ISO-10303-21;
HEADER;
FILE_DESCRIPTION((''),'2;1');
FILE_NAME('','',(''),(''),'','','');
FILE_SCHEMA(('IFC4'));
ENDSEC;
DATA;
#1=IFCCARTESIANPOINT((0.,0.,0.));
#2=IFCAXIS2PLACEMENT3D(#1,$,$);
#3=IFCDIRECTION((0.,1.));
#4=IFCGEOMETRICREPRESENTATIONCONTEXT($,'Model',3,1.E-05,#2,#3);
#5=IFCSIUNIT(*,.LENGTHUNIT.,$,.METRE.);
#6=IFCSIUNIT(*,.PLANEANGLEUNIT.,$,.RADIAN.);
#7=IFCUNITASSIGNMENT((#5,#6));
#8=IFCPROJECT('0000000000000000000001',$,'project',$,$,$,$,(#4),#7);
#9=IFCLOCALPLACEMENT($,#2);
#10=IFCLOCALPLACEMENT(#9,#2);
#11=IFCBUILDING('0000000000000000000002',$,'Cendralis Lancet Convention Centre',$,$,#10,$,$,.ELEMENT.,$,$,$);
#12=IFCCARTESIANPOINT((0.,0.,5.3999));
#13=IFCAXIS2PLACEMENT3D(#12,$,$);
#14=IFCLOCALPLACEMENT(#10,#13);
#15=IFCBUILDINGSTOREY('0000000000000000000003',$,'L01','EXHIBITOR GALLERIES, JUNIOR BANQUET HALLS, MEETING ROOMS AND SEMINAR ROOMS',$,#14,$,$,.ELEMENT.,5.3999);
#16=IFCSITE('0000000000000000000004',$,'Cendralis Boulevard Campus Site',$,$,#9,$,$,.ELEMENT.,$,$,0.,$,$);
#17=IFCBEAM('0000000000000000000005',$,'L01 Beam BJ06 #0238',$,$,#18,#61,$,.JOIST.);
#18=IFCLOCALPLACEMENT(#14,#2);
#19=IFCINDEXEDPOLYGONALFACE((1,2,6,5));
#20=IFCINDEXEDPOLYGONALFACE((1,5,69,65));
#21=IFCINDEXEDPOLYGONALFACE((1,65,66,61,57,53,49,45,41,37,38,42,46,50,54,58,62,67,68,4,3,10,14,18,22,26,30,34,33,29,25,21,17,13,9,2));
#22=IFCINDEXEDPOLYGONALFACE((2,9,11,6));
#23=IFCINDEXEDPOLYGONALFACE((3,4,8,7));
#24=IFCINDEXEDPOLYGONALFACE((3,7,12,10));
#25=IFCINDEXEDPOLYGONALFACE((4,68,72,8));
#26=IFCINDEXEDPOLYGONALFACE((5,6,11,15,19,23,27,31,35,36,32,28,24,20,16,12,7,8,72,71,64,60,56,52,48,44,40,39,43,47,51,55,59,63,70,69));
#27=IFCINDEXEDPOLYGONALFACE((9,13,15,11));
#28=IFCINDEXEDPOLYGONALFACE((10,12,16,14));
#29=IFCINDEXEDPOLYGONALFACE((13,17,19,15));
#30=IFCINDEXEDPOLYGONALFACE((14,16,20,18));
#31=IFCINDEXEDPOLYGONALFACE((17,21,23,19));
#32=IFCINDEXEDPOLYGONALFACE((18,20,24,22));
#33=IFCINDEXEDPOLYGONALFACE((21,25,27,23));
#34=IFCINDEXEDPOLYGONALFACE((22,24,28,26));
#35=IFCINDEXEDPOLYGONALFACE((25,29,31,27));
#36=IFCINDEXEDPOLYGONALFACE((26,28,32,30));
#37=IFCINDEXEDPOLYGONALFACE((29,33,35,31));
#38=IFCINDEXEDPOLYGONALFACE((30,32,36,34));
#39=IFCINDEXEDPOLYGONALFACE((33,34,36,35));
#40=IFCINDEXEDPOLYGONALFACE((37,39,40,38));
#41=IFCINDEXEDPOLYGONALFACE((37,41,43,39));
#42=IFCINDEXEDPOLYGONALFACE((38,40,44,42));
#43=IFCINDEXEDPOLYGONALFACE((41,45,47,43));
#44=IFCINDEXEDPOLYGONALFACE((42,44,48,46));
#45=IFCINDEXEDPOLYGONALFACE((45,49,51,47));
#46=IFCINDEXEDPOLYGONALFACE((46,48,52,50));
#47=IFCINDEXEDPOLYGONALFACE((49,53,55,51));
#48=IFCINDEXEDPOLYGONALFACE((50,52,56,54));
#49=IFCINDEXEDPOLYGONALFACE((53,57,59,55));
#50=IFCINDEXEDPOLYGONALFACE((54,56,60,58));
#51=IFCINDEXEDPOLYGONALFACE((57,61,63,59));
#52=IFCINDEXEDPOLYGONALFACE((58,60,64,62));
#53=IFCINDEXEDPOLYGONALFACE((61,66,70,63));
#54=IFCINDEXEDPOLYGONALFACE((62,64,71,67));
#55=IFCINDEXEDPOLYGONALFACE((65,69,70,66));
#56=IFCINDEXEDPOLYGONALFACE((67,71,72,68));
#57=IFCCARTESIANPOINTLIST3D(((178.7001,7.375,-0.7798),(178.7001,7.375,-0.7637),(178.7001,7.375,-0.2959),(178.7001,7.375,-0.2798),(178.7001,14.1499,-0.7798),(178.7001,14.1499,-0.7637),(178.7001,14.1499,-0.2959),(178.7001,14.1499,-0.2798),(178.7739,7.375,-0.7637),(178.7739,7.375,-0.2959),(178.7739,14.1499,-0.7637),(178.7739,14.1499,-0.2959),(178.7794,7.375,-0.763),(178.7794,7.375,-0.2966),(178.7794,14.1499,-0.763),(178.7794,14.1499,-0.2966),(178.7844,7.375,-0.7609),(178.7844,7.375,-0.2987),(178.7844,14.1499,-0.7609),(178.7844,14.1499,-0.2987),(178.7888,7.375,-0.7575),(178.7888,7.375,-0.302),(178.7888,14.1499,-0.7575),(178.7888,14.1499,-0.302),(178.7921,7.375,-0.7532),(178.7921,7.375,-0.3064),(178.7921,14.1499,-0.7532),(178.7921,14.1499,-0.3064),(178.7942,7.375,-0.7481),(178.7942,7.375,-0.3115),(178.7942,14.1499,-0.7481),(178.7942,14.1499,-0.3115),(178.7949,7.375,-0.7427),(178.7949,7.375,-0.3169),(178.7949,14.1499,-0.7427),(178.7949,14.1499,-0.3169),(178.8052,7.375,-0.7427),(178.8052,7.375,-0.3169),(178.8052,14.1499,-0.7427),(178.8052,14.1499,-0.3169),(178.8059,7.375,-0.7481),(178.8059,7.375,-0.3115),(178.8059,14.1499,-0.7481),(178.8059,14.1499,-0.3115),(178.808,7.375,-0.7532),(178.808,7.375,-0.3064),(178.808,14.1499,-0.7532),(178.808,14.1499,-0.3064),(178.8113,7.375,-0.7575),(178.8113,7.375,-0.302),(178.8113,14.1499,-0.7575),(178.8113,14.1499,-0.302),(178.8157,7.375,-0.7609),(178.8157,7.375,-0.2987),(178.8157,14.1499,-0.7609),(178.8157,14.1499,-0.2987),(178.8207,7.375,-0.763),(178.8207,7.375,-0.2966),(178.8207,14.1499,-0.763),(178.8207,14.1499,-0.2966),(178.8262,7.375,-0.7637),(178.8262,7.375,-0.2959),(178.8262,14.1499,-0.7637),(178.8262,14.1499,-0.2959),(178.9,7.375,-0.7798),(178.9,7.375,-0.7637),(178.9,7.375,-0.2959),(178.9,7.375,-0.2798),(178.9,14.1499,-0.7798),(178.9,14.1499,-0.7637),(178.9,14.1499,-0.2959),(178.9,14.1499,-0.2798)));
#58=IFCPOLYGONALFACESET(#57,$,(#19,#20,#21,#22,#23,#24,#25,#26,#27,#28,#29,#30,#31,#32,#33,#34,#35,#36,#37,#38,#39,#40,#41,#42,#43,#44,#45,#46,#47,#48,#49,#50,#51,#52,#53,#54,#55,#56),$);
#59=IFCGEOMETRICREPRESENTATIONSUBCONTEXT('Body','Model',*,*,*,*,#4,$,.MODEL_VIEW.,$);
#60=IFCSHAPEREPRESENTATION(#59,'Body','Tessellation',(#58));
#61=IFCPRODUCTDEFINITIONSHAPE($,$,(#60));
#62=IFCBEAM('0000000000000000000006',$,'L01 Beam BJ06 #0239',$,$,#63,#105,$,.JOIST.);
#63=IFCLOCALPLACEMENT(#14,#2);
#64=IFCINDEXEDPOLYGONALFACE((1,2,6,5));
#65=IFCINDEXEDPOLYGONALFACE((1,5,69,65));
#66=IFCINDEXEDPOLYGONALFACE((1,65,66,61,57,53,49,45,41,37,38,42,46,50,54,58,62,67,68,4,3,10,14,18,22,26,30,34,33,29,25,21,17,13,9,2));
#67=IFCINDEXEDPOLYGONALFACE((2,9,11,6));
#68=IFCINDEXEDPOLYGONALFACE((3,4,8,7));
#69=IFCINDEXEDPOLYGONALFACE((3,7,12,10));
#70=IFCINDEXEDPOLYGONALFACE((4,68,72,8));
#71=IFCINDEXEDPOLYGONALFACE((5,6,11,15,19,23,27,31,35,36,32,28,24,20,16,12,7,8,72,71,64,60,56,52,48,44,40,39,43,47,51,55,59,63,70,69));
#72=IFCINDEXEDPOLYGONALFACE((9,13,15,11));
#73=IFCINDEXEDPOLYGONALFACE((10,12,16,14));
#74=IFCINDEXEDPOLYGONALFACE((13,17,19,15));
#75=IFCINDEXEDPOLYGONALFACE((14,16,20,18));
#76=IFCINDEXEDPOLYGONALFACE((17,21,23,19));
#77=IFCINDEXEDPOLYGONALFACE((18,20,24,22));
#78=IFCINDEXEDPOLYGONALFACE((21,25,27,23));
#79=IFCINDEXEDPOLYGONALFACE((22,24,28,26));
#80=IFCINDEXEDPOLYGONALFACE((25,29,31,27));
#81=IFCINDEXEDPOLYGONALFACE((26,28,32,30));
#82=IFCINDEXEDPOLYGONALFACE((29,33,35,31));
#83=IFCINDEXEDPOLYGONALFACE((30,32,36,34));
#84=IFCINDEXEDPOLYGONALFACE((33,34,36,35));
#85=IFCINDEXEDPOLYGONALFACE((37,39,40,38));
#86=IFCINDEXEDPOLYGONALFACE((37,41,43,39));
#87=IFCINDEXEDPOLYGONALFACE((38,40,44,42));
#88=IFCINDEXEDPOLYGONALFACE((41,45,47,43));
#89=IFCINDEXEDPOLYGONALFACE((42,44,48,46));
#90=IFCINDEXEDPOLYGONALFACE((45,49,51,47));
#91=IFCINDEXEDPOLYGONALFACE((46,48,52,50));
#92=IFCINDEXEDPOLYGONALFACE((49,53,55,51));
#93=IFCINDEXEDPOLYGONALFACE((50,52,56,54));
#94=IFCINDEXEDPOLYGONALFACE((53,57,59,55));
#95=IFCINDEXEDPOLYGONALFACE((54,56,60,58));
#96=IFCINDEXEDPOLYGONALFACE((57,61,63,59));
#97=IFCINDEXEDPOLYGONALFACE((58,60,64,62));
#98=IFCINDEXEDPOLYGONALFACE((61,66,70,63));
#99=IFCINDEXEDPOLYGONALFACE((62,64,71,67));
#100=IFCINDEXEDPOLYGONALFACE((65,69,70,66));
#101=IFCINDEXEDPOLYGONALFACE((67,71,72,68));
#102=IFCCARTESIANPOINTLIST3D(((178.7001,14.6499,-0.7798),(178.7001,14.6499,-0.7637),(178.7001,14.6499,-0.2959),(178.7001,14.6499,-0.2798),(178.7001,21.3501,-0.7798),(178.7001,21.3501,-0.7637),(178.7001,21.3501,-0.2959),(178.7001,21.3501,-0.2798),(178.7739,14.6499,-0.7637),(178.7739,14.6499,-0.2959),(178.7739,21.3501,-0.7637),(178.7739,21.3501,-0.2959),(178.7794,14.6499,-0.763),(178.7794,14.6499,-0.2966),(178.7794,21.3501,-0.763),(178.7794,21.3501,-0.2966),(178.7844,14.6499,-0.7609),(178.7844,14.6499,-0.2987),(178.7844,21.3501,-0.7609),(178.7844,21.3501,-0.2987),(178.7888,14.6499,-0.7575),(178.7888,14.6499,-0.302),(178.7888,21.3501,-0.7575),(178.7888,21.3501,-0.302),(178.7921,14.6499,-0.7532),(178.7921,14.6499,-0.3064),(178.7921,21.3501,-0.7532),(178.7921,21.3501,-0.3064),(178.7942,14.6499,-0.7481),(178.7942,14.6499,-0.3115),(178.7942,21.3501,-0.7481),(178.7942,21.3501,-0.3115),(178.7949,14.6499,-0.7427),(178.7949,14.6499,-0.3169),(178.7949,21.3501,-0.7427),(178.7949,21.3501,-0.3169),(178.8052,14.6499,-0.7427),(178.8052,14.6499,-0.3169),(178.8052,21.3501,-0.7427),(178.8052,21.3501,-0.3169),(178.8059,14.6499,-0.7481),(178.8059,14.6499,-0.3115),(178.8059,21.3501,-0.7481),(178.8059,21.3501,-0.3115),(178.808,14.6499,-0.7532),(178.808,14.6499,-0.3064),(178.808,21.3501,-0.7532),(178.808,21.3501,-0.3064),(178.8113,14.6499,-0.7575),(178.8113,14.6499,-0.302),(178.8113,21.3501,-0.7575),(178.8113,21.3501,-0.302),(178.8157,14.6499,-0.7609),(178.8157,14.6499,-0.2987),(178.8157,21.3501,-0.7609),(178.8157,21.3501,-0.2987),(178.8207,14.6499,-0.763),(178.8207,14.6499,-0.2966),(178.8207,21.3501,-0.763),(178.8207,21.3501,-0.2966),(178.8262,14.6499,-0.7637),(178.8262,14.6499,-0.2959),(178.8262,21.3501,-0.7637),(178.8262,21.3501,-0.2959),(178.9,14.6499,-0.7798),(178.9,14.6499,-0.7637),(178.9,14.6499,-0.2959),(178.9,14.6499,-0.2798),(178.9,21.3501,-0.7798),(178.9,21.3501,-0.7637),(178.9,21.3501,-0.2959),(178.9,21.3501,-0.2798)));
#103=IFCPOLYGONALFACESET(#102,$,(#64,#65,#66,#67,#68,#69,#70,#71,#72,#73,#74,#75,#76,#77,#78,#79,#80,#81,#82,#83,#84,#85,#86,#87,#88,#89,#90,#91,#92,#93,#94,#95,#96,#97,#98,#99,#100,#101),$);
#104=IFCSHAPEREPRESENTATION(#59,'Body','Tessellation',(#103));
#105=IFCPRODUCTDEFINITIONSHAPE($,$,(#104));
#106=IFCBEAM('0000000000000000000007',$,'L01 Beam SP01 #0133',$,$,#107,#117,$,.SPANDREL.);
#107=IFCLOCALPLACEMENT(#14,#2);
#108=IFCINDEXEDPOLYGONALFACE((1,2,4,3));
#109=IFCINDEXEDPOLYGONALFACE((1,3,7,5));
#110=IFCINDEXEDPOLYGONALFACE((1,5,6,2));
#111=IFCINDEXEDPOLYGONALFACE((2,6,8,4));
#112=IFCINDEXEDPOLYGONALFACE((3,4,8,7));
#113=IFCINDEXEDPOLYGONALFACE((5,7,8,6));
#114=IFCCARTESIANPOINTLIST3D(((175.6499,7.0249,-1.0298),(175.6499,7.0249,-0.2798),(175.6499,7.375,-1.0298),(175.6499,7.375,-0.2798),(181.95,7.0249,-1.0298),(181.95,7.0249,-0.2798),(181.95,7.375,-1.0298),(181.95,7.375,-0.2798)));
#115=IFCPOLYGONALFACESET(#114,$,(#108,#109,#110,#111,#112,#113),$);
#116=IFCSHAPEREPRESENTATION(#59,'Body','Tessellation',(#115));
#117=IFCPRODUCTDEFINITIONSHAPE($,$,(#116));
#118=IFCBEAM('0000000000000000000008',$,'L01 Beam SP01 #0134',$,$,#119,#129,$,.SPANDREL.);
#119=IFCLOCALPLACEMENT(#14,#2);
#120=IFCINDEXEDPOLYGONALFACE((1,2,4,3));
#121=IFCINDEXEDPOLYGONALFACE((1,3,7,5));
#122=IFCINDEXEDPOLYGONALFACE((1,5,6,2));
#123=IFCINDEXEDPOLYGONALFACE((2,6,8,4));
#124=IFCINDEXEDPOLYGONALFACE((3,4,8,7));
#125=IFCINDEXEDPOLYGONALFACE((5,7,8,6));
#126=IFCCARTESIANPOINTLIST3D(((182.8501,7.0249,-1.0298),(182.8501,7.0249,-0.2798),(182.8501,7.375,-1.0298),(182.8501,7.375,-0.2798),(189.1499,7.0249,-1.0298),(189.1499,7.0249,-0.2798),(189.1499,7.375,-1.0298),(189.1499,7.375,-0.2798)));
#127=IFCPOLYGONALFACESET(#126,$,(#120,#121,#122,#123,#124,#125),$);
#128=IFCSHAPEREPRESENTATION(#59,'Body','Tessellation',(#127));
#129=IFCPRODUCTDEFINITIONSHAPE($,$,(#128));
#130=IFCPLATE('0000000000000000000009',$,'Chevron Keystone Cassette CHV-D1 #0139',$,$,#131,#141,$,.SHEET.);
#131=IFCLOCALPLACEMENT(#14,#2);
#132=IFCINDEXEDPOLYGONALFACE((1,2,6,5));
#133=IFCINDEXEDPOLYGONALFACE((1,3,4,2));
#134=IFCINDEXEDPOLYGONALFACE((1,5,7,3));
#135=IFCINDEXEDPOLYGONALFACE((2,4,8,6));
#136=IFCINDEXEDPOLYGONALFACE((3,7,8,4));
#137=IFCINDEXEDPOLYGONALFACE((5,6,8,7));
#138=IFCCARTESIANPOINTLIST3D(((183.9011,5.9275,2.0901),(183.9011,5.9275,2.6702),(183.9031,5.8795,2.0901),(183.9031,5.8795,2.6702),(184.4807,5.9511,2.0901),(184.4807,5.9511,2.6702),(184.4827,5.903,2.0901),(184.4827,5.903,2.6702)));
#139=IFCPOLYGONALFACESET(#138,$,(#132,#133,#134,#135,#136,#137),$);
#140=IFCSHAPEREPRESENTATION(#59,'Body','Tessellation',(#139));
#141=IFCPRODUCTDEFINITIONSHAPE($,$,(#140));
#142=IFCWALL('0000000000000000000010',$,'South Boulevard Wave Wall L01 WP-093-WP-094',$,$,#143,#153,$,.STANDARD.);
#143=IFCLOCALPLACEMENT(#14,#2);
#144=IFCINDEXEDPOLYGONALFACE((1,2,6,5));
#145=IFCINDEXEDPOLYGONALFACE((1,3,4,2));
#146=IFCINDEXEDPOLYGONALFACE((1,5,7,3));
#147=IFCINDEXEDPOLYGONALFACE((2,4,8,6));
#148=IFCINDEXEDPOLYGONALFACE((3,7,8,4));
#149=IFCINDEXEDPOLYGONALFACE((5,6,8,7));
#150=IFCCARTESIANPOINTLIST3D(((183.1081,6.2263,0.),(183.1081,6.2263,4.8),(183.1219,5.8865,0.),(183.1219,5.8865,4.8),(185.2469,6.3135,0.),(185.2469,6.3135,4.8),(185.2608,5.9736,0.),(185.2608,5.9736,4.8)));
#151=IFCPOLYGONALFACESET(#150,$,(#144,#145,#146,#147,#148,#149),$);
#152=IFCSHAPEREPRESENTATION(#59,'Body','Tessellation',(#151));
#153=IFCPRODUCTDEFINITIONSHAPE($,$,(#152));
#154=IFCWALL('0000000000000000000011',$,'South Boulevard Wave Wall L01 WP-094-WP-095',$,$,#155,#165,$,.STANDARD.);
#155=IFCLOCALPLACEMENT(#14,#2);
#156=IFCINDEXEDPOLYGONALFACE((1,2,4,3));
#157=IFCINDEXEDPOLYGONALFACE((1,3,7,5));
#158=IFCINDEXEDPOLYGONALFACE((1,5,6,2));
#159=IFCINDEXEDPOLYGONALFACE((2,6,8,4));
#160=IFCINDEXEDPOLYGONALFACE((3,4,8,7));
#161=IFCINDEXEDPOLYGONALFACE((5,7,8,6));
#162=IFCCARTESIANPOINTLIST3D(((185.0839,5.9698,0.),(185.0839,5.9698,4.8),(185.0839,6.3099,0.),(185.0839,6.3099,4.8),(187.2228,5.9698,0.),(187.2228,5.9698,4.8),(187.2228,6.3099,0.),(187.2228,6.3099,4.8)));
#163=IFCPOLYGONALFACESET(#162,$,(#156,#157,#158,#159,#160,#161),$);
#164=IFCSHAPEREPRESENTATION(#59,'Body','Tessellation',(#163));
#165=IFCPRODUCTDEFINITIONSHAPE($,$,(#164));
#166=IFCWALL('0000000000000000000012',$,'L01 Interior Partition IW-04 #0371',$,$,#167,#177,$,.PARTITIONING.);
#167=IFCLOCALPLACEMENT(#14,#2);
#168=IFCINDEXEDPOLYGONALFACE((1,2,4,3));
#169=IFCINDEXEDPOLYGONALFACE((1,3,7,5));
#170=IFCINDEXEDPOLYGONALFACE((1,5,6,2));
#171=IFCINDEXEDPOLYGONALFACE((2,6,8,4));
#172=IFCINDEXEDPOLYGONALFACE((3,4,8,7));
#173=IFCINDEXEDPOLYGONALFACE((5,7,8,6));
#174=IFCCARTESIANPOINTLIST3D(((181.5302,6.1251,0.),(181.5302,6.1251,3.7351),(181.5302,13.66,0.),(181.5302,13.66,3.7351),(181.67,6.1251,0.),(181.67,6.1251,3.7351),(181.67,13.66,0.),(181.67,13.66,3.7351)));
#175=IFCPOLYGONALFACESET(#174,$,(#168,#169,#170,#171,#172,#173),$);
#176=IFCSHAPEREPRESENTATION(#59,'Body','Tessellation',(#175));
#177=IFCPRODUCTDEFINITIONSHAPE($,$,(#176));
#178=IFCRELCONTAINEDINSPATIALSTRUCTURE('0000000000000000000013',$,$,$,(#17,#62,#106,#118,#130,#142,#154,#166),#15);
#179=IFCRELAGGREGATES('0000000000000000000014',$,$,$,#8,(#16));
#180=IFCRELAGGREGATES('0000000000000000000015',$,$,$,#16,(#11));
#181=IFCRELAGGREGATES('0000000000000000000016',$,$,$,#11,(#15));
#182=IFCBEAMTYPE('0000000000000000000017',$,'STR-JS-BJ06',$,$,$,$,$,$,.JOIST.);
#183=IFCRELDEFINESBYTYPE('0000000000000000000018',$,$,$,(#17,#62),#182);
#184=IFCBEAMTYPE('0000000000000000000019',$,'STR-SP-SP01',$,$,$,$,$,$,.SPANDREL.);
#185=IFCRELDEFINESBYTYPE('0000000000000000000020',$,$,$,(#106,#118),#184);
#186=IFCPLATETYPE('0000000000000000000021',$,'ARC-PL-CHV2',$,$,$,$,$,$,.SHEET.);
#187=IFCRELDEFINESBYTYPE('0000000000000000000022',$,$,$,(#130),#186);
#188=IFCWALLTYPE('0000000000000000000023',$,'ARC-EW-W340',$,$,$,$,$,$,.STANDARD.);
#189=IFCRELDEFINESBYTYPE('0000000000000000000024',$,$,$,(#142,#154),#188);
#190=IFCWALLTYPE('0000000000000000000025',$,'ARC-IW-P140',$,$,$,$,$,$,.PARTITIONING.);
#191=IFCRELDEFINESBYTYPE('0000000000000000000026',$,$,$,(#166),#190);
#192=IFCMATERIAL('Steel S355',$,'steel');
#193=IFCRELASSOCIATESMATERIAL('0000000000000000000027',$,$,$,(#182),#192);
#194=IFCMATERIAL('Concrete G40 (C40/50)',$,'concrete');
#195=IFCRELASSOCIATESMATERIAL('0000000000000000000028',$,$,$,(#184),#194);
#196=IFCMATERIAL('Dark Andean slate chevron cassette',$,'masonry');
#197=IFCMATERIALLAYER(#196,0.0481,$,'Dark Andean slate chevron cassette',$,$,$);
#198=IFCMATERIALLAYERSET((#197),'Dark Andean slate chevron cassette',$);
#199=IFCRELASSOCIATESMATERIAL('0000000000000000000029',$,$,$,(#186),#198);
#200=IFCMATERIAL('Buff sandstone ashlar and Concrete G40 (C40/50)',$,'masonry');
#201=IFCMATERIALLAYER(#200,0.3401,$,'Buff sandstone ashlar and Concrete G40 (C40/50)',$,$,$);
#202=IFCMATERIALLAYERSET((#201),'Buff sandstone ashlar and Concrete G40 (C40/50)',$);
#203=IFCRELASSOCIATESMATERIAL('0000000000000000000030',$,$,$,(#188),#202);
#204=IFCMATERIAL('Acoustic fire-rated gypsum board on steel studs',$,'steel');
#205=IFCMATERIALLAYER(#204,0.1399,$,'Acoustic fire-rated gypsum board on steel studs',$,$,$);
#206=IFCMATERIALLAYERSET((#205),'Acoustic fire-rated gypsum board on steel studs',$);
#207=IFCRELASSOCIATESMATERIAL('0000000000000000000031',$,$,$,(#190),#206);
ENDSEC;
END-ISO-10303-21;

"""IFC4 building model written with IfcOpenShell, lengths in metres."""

from ifc_helpers import new_model, si_unit, direction, frame, frame_2d, origin, origin_2d, place, context, subcontext, project, spatial, rectangle, i_section, extrude, material, layer, layer_set, material_profile, profile_set, type_object, element, save


model = new_model("IFC4")

# Units and contexts
model_context = context("Model", 3, precision=1e-05, world=origin(), true_north=direction((0.0, 1.0)))
body_context = subcontext(model_context, "Body", "Model", "MODEL_VIEW")
ifc_project = project(units=[si_unit("LENGTHUNIT", "METRE"), si_unit("PLANEANGLEUNIT", "RADIAN")], contexts=[model_context])

# Site, building, storey
site_placement = place(None, origin())
site = spatial("IfcSite", under=ifc_project, at=site_placement, Name="Cendralis Boulevard Campus Site", CompositionType="ELEMENT", RefElevation=0.0)
building_placement = place(site_placement, origin())
building = spatial("IfcBuilding", under=site, at=building_placement, Name="Cendralis Lancet Convention Centre", CompositionType="ELEMENT")
storey_placement = place(building_placement, frame((0.0, 0.0, 5.3999)))
storey = spatial("IfcBuildingStorey", under=building, at=storey_placement, Name="L01", Description="EXHIBITOR GALLERIES, JUNIOR BANQUET HALLS, MEETING ROOMS AND SEMINAR ROOMS", CompositionType="ELEMENT", Elevation=5.3999)

# Shared definitions
ifc_material_1 = material(Name="Concrete G40 (C40/50)", Category="concrete")

# Beams
ifc_material_2 = material(Name="Steel S355", Category="steel")
ifc_material_profile_1 = material_profile(ifc_material_2, i_section(OverallWidth=0.2, OverallDepth=0.5, WebThickness=0.0103, FlangeThickness=0.0161, FilletRadius=0.021, at=origin_2d()), Name="IPE 500")
ifc_profile_set_1 = profile_set([ifc_material_profile_1], Name="Steel S355")
beam_type_1 = type_object("IfcBeamType", Name="STR-JS-BJ06", PredefinedType="JOIST", material=ifc_profile_set_1)
beam_1_placement = place(storey_placement, frame((178.8, 7.375, -0.5298), z_axis=(0.0, 1.0, 0.0), x_axis=(-1.0, 0.0, 0.0)))
element("IfcBeam", 1, at=beam_1_placement, inside=storey, type_object=beam_type_1, Name="L01 Beam BJ06 #0238", PredefinedType="JOIST", context=body_context, shape_type="SweptSolid", body=[
    extrude(i_section(OverallWidth=0.2, OverallDepth=0.5, WebThickness=0.0103, FlangeThickness=0.0161, FilletRadius=0.021, at=origin_2d()), origin(), (0.0, 0.0, 1.0), 6.7749),
])
beam_2_placement = place(storey_placement, frame((178.8, 14.6499, -0.5298), z_axis=(0.0, 1.0, 0.0), x_axis=(-1.0, 0.0, 0.0)))
element("IfcBeam", 2, at=beam_2_placement, inside=storey, type_object=beam_type_1, Name="L01 Beam BJ06 #0239", PredefinedType="JOIST", context=body_context, shape_type="SweptSolid", body=[
    extrude(i_section(OverallWidth=0.2, OverallDepth=0.5, WebThickness=0.0103, FlangeThickness=0.0161, FilletRadius=0.021, at=origin_2d()), origin(), (0.0, 0.0, 1.0), 6.7002),
])
ifc_material_profile_2 = material_profile(ifc_material_1, rectangle(XDim=0.3501, YDim=0.75, at=origin_2d()), Name="RCB 350x750")
ifc_profile_set_2 = profile_set([ifc_material_profile_2], Name="Concrete G40 (C40/50)")
beam_type_2 = type_object("IfcBeamType", Name="STR-SP-SP01", PredefinedType="SPANDREL", material=ifc_profile_set_2)
beam_3_placement = place(storey_placement, frame((175.6499, 7.2, -0.6548), z_axis=(1.0, 0.0, 0.0), x_axis=(0.0, 1.0, 0.0)))
element("IfcBeam", 3, at=beam_3_placement, inside=storey, type_object=beam_type_2, Name="L01 Beam SP01 #0133", PredefinedType="SPANDREL", context=body_context, shape_type="SweptSolid", body=[
    extrude(rectangle(XDim=0.3501, YDim=0.75, at=origin_2d()), origin(), (0.0, 0.0, 1.0), 6.3),
])
beam_4_placement = place(storey_placement, frame((182.8501, 7.2, -0.6548), z_axis=(1.0, 0.0, 0.0), x_axis=(0.0, 1.0, 0.0)))
element("IfcBeam", 4, at=beam_4_placement, inside=storey, type_object=beam_type_2, Name="L01 Beam SP01 #0134", PredefinedType="SPANDREL", context=body_context, shape_type="SweptSolid", body=[
    extrude(rectangle(XDim=0.3501, YDim=0.75, at=origin_2d()), origin(), (0.0, 0.0, 1.0), 6.2998),
])

# Plate
ifc_material_3 = material(Name="Dark Andean slate chevron cassette", Category="masonry")
ifc_layer_1 = layer(ifc_material_3, 0.0481, Name="Dark Andean slate chevron cassette")
ifc_layer_set_1 = layer_set([ifc_layer_1], Name="Dark Andean slate chevron cassette")
plate_type = type_object("IfcPlateType", Name="ARC-PL-CHV2", PredefinedType="SHEET", material=ifc_layer_set_1)
plate_placement = place(storey_placement, frame((184.1919, 5.9153, 2.0901), z_axis=(0.0, 0.0, 1.0), x_axis=(0.999175, 0.040603, 0.0)))
element("IfcPlate", 5, at=plate_placement, inside=storey, type_object=plate_type, Name="Chevron Keystone Cassette CHV-D1 #0139", PredefinedType="SHEET", context=body_context, shape_type="SweptSolid", body=[
    extrude(rectangle(XDim=0.5801, YDim=0.0481, at=origin_2d()), origin(), (0.0, 0.0, 1.0), 0.5801),
])

# Walls
ifc_material_4 = material(Name="Buff sandstone ashlar and Concrete G40 (C40/50)", Category="masonry")
ifc_layer_2 = layer(ifc_material_4, 0.3401, Name="Buff sandstone ashlar and Concrete G40 (C40/50)")
ifc_layer_set_2 = layer_set([ifc_layer_2], Name="Buff sandstone ashlar and Concrete G40 (C40/50)")
wall_type_1 = type_object("IfcWallType", Name="ARC-EW-W340", PredefinedType="STANDARD", material=ifc_layer_set_2)
wall_1_placement = place(storey_placement, frame((183.115, 6.0564, 0.0), z_axis=(0.0, 0.0, 1.0), x_axis=(0.999171, 0.040715, 0.0)))
element("IfcWall", 6, at=wall_1_placement, inside=storey, type_object=wall_type_1, Name="South Boulevard Wave Wall L01 WP-093-WP-094", PredefinedType="STANDARD", context=body_context, shape_type="SweptSolid", body=[
    extrude(rectangle(XDim=2.1406, YDim=0.3401, at=frame_2d((1.0703, 0.0))), origin(), (0.0, 0.0, 1.0), 4.8),
])
wall_2_placement = place(storey_placement, frame((185.084, 6.1399, 0.0), z_axis=(0.0, 0.0, 1.0), x_axis=(1.0, 0.0, 0.0)))
element("IfcWall", 7, at=wall_2_placement, inside=storey, type_object=wall_type_1, Name="South Boulevard Wave Wall L01 WP-094-WP-095", PredefinedType="STANDARD", context=body_context, shape_type="SweptSolid", body=[
    extrude(rectangle(XDim=2.1389, YDim=0.3401, at=frame_2d((1.0693, 0.0))), origin(), (0.0, 0.0, 1.0), 4.8),
])
ifc_material_5 = material(Name="Acoustic fire-rated gypsum board on steel studs", Category="steel")
ifc_layer_3 = layer(ifc_material_5, 0.1399, Name="Acoustic fire-rated gypsum board on steel studs")
ifc_layer_set_3 = layer_set([ifc_layer_3], Name="Acoustic fire-rated gypsum board on steel studs")
wall_type_2 = type_object("IfcWallType", Name="ARC-IW-P140", PredefinedType="PARTITIONING", material=ifc_layer_set_3)
wall_3_placement = place(storey_placement, frame((181.6001, 6.125, 0.0), z_axis=(0.0, 0.0, 1.0), x_axis=(0.0, 1.0, 0.0)))
element("IfcWall", 8, at=wall_3_placement, inside=storey, type_object=wall_type_2, Name="L01 Interior Partition IW-04 #0371", PredefinedType="PARTITIONING", context=body_context, shape_type="SweptSolid", body=[
    extrude(rectangle(XDim=7.5349, YDim=0.1399, at=frame_2d((3.7676, 0.0))), origin(), (0.0, 0.0, 1.0), 3.7351),
])

save(model, "model.ifc")
